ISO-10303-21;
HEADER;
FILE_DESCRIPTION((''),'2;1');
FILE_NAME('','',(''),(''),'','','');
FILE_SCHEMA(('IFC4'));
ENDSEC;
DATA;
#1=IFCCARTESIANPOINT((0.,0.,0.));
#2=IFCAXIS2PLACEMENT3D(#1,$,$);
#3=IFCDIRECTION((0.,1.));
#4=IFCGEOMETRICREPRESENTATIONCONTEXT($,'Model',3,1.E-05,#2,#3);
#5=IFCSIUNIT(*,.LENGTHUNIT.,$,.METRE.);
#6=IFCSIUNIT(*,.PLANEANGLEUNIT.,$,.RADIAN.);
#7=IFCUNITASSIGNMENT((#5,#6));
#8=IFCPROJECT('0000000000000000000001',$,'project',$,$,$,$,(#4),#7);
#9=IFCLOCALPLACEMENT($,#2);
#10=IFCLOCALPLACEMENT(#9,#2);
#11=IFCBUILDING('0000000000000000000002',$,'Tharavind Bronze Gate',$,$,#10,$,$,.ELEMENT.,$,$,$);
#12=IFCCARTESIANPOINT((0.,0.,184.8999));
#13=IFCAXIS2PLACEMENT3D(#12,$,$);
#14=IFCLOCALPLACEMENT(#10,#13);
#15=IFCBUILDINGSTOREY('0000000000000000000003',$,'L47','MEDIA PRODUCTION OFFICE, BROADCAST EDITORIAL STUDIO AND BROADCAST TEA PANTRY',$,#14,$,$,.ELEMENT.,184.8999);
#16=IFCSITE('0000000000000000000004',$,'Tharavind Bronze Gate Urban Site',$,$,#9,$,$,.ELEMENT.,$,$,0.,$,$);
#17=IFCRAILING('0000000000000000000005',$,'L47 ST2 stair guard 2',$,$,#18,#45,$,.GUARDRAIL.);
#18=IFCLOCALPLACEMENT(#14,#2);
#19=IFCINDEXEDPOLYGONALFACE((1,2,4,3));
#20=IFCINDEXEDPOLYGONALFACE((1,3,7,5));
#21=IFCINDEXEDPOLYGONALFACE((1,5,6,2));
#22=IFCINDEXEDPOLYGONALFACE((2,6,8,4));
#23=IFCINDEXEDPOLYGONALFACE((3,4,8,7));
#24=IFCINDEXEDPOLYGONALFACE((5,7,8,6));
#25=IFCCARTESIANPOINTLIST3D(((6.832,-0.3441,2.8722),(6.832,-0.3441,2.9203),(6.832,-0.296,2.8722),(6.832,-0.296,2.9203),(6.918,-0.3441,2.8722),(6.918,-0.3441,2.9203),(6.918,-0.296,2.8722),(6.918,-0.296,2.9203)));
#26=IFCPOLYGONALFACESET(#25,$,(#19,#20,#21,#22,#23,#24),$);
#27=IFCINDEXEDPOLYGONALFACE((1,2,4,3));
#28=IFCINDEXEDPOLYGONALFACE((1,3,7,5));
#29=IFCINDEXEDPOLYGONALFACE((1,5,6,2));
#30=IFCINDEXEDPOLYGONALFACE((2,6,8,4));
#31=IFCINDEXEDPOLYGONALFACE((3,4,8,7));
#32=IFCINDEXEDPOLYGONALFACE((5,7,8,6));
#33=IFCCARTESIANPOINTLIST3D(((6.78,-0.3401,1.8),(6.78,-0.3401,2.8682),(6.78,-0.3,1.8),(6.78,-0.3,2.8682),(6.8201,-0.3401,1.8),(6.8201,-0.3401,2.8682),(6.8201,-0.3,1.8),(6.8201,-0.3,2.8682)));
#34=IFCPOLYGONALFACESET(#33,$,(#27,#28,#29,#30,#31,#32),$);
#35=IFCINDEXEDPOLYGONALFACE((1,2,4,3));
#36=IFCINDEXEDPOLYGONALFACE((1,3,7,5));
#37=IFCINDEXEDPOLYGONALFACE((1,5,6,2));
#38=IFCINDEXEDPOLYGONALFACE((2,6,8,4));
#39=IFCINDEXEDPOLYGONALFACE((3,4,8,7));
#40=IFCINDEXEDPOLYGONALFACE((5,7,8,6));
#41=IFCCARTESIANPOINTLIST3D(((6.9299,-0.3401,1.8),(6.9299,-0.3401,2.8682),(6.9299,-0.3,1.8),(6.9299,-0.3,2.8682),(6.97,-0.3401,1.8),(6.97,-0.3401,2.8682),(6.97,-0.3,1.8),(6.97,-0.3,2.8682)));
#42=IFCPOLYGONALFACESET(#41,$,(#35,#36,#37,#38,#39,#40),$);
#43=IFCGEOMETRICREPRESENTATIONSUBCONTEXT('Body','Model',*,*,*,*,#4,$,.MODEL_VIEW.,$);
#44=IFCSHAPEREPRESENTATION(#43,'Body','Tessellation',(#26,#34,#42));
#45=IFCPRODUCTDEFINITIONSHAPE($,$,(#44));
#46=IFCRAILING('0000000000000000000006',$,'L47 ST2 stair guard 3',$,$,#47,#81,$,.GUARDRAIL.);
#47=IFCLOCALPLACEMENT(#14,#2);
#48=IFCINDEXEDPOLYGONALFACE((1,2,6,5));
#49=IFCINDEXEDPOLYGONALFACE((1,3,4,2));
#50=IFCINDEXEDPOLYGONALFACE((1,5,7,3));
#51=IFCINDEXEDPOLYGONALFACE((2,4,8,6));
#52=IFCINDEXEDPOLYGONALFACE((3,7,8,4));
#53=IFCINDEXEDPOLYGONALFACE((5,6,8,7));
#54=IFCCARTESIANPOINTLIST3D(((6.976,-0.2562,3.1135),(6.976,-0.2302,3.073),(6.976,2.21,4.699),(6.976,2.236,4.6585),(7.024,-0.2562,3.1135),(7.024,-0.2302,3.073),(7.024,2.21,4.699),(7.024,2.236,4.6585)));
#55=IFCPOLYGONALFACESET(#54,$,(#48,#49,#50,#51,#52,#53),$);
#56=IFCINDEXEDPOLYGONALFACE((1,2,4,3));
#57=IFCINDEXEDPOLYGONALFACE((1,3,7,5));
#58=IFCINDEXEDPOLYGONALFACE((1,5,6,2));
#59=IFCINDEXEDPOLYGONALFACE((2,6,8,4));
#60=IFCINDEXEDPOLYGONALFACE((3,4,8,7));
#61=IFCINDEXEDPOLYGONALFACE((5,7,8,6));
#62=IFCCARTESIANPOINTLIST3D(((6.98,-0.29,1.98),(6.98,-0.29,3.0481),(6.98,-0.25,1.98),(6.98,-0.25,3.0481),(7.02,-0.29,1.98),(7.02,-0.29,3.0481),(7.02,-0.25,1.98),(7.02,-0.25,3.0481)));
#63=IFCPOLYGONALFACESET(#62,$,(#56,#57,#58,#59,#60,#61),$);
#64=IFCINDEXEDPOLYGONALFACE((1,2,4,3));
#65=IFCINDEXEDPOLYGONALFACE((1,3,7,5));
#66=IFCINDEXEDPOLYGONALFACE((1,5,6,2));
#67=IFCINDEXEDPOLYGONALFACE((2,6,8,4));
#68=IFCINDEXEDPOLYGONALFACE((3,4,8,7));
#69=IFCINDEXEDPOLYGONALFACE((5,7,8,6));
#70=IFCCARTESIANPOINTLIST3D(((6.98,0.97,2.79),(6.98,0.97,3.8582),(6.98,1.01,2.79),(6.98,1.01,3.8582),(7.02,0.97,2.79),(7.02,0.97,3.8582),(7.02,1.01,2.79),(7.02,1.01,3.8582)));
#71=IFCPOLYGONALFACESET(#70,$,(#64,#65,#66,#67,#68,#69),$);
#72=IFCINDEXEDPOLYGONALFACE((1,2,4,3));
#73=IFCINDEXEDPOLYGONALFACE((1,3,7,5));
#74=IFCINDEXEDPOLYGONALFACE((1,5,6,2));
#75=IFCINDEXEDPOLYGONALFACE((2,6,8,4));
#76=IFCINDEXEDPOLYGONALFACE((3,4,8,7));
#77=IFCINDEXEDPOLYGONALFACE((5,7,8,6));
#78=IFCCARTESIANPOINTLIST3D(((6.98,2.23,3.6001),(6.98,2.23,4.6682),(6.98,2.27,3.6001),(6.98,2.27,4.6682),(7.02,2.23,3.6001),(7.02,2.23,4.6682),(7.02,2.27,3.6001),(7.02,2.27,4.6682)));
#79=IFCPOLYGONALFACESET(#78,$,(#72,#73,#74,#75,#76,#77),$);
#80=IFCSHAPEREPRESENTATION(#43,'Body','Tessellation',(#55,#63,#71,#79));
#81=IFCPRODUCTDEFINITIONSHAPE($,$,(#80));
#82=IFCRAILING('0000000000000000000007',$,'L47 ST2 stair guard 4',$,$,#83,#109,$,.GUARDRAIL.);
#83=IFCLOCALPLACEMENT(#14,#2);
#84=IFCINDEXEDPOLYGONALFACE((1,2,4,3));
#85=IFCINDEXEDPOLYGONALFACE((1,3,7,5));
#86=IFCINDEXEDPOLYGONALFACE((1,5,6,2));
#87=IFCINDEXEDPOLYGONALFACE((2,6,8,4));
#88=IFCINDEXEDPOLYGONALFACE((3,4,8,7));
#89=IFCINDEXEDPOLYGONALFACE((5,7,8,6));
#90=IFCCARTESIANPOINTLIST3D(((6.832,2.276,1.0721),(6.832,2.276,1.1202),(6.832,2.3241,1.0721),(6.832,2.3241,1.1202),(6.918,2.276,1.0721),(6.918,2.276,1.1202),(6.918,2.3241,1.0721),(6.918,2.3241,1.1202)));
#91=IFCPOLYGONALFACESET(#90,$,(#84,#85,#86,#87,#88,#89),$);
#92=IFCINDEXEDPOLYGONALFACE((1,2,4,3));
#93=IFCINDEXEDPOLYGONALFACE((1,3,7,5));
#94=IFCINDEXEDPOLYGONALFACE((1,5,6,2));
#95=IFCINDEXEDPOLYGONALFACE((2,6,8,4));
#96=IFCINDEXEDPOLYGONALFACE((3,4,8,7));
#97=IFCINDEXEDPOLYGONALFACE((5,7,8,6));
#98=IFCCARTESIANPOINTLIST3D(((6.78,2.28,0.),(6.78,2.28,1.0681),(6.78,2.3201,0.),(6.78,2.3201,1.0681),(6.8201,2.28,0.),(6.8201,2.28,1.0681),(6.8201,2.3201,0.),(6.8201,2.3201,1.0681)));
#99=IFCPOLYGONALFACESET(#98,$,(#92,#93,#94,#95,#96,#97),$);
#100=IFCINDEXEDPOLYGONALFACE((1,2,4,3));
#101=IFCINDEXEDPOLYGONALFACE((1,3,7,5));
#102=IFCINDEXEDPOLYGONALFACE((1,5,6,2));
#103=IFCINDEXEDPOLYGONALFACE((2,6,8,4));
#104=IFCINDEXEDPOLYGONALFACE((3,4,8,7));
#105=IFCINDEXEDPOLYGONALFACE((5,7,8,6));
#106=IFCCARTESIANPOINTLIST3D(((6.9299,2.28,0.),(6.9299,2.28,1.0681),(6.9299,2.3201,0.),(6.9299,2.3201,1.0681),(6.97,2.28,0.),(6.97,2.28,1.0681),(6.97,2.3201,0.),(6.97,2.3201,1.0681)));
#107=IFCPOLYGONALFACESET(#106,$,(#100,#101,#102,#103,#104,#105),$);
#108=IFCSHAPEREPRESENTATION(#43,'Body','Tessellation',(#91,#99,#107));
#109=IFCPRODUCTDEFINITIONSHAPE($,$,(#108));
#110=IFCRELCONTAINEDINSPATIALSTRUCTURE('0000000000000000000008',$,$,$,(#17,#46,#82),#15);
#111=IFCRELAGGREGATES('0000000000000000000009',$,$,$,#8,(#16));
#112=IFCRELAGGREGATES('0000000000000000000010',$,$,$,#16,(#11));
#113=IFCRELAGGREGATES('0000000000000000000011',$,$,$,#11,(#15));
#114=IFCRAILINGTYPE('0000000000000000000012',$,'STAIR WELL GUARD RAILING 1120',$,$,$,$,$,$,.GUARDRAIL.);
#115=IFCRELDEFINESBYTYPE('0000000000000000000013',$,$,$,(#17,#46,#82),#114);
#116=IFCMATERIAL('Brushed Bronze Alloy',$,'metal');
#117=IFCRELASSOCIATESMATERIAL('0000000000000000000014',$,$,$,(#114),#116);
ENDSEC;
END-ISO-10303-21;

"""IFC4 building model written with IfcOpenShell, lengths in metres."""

from ifc_helpers import new_model, si_unit, direction, frame, origin, origin_2d, place, context, subcontext, project, spatial, rectangle, extrude, material, type_object, element, save


model = new_model("IFC4")

# Units and contexts
model_context = context("Model", 3, precision=1e-05, world=origin(), true_north=direction((0.0, 1.0)))
body_context = subcontext(model_context, "Body", "Model", "MODEL_VIEW")
ifc_project = project(units=[si_unit("LENGTHUNIT", "METRE"), si_unit("PLANEANGLEUNIT", "RADIAN")], contexts=[model_context])

# Site, building, storey
site_placement = place(None, origin())
site = spatial("IfcSite", under=ifc_project, at=site_placement, Name="Tharavind Bronze Gate Urban Site", CompositionType="ELEMENT", RefElevation=0.0)
building_placement = place(site_placement, origin())
building = spatial("IfcBuilding", under=site, at=building_placement, Name="Tharavind Bronze Gate", CompositionType="ELEMENT")
storey_placement = place(building_placement, frame((0.0, 0.0, 184.8999)))
storey = spatial("IfcBuildingStorey", under=building, at=storey_placement, Name="L47", Description="MEDIA PRODUCTION OFFICE, BROADCAST EDITORIAL STUDIO AND BROADCAST TEA PANTRY", CompositionType="ELEMENT", Elevation=184.8999)

# Railings
ifc_material_1 = material(Name="Brushed Bronze Alloy", Category="metal")
railing_type_1 = type_object("IfcRailingType", Name="STAIR WELL GUARD RAILING 1120", PredefinedType="GUARDRAIL", material=ifc_material_1)
railing_1_placement = place(storey_placement, frame((6.8, -0.3201, 1.8)))
element("IfcRailing", 1, at=railing_1_placement, inside=storey, type_object=railing_type_1, Name="L47 ST2 stair guard 2", PredefinedType="GUARDRAIL", context=body_context, shape_type="SweptSolid", body=[
    extrude(rectangle(XDim=0.0481, YDim=0.0481, at=origin_2d()), frame((0.032, 0.0, 1.0962), z_axis=(1.0, 0.0, 0.0), x_axis=(0.0, 1.0, 0.0)), (0.0, 0.0, 1.0), 0.0859),
    extrude(rectangle(XDim=0.04, YDim=0.04, at=origin_2d()), origin(), (0.0, 0.0, 1.0), 1.0681),
    extrude(rectangle(XDim=0.04, YDim=0.04, at=origin_2d()), frame((0.1499, 0.0, 0.0)), (0.0, 0.0, 1.0), 1.0681),
])
railing_2_placement = place(storey_placement, frame((7.0, -0.27, 1.98)))
element("IfcRailing", 2, at=railing_2_placement, inside=storey, type_object=railing_type_1, Name="L47 ST2 stair guard 3", PredefinedType="GUARDRAIL", context=body_context, shape_type="SweptSolid", body=[
    extrude(rectangle(XDim=0.0481, YDim=0.0481, at=origin_2d()), frame((0.0, 0.0269, 1.1133), z_axis=(0.0, 0.841163, 0.540782), x_axis=(-1.0, 0.0, 0.0)), (0.0, 0.0, 1.0), 2.9319),
    extrude(rectangle(XDim=0.04, YDim=0.04, at=origin_2d()), origin(), (0.0, 0.0, 1.0), 1.0681),
    extrude(rectangle(XDim=0.04, YDim=0.04, at=origin_2d()), frame((0.0, 1.26, 0.8101)), (0.0, 0.0, 1.0), 1.0681),
    extrude(rectangle(XDim=0.04, YDim=0.04, at=origin_2d()), frame((0.0, 2.52, 1.6201)), (0.0, 0.0, 1.0), 1.0681),
])
railing_3_placement = place(storey_placement, frame((6.8, 2.3, 0.0)))
element("IfcRailing", 3, at=railing_3_placement, inside=storey, type_object=railing_type_1, Name="L47 ST2 stair guard 4", PredefinedType="GUARDRAIL", context=body_context, shape_type="SweptSolid", body=[
    extrude(rectangle(XDim=0.0481, YDim=0.0481, at=origin_2d()), frame((0.032, 0.0, 1.0962), z_axis=(1.0, 0.0, 0.0), x_axis=(0.0, 1.0, 0.0)), (0.0, 0.0, 1.0), 0.0859),
    extrude(rectangle(XDim=0.04, YDim=0.04, at=origin_2d()), origin(), (0.0, 0.0, 1.0), 1.0681),
    extrude(rectangle(XDim=0.04, YDim=0.04, at=origin_2d()), frame((0.1499, 0.0, 0.0)), (0.0, 0.0, 1.0), 1.0681),
])

save(model, "model.ifc")
